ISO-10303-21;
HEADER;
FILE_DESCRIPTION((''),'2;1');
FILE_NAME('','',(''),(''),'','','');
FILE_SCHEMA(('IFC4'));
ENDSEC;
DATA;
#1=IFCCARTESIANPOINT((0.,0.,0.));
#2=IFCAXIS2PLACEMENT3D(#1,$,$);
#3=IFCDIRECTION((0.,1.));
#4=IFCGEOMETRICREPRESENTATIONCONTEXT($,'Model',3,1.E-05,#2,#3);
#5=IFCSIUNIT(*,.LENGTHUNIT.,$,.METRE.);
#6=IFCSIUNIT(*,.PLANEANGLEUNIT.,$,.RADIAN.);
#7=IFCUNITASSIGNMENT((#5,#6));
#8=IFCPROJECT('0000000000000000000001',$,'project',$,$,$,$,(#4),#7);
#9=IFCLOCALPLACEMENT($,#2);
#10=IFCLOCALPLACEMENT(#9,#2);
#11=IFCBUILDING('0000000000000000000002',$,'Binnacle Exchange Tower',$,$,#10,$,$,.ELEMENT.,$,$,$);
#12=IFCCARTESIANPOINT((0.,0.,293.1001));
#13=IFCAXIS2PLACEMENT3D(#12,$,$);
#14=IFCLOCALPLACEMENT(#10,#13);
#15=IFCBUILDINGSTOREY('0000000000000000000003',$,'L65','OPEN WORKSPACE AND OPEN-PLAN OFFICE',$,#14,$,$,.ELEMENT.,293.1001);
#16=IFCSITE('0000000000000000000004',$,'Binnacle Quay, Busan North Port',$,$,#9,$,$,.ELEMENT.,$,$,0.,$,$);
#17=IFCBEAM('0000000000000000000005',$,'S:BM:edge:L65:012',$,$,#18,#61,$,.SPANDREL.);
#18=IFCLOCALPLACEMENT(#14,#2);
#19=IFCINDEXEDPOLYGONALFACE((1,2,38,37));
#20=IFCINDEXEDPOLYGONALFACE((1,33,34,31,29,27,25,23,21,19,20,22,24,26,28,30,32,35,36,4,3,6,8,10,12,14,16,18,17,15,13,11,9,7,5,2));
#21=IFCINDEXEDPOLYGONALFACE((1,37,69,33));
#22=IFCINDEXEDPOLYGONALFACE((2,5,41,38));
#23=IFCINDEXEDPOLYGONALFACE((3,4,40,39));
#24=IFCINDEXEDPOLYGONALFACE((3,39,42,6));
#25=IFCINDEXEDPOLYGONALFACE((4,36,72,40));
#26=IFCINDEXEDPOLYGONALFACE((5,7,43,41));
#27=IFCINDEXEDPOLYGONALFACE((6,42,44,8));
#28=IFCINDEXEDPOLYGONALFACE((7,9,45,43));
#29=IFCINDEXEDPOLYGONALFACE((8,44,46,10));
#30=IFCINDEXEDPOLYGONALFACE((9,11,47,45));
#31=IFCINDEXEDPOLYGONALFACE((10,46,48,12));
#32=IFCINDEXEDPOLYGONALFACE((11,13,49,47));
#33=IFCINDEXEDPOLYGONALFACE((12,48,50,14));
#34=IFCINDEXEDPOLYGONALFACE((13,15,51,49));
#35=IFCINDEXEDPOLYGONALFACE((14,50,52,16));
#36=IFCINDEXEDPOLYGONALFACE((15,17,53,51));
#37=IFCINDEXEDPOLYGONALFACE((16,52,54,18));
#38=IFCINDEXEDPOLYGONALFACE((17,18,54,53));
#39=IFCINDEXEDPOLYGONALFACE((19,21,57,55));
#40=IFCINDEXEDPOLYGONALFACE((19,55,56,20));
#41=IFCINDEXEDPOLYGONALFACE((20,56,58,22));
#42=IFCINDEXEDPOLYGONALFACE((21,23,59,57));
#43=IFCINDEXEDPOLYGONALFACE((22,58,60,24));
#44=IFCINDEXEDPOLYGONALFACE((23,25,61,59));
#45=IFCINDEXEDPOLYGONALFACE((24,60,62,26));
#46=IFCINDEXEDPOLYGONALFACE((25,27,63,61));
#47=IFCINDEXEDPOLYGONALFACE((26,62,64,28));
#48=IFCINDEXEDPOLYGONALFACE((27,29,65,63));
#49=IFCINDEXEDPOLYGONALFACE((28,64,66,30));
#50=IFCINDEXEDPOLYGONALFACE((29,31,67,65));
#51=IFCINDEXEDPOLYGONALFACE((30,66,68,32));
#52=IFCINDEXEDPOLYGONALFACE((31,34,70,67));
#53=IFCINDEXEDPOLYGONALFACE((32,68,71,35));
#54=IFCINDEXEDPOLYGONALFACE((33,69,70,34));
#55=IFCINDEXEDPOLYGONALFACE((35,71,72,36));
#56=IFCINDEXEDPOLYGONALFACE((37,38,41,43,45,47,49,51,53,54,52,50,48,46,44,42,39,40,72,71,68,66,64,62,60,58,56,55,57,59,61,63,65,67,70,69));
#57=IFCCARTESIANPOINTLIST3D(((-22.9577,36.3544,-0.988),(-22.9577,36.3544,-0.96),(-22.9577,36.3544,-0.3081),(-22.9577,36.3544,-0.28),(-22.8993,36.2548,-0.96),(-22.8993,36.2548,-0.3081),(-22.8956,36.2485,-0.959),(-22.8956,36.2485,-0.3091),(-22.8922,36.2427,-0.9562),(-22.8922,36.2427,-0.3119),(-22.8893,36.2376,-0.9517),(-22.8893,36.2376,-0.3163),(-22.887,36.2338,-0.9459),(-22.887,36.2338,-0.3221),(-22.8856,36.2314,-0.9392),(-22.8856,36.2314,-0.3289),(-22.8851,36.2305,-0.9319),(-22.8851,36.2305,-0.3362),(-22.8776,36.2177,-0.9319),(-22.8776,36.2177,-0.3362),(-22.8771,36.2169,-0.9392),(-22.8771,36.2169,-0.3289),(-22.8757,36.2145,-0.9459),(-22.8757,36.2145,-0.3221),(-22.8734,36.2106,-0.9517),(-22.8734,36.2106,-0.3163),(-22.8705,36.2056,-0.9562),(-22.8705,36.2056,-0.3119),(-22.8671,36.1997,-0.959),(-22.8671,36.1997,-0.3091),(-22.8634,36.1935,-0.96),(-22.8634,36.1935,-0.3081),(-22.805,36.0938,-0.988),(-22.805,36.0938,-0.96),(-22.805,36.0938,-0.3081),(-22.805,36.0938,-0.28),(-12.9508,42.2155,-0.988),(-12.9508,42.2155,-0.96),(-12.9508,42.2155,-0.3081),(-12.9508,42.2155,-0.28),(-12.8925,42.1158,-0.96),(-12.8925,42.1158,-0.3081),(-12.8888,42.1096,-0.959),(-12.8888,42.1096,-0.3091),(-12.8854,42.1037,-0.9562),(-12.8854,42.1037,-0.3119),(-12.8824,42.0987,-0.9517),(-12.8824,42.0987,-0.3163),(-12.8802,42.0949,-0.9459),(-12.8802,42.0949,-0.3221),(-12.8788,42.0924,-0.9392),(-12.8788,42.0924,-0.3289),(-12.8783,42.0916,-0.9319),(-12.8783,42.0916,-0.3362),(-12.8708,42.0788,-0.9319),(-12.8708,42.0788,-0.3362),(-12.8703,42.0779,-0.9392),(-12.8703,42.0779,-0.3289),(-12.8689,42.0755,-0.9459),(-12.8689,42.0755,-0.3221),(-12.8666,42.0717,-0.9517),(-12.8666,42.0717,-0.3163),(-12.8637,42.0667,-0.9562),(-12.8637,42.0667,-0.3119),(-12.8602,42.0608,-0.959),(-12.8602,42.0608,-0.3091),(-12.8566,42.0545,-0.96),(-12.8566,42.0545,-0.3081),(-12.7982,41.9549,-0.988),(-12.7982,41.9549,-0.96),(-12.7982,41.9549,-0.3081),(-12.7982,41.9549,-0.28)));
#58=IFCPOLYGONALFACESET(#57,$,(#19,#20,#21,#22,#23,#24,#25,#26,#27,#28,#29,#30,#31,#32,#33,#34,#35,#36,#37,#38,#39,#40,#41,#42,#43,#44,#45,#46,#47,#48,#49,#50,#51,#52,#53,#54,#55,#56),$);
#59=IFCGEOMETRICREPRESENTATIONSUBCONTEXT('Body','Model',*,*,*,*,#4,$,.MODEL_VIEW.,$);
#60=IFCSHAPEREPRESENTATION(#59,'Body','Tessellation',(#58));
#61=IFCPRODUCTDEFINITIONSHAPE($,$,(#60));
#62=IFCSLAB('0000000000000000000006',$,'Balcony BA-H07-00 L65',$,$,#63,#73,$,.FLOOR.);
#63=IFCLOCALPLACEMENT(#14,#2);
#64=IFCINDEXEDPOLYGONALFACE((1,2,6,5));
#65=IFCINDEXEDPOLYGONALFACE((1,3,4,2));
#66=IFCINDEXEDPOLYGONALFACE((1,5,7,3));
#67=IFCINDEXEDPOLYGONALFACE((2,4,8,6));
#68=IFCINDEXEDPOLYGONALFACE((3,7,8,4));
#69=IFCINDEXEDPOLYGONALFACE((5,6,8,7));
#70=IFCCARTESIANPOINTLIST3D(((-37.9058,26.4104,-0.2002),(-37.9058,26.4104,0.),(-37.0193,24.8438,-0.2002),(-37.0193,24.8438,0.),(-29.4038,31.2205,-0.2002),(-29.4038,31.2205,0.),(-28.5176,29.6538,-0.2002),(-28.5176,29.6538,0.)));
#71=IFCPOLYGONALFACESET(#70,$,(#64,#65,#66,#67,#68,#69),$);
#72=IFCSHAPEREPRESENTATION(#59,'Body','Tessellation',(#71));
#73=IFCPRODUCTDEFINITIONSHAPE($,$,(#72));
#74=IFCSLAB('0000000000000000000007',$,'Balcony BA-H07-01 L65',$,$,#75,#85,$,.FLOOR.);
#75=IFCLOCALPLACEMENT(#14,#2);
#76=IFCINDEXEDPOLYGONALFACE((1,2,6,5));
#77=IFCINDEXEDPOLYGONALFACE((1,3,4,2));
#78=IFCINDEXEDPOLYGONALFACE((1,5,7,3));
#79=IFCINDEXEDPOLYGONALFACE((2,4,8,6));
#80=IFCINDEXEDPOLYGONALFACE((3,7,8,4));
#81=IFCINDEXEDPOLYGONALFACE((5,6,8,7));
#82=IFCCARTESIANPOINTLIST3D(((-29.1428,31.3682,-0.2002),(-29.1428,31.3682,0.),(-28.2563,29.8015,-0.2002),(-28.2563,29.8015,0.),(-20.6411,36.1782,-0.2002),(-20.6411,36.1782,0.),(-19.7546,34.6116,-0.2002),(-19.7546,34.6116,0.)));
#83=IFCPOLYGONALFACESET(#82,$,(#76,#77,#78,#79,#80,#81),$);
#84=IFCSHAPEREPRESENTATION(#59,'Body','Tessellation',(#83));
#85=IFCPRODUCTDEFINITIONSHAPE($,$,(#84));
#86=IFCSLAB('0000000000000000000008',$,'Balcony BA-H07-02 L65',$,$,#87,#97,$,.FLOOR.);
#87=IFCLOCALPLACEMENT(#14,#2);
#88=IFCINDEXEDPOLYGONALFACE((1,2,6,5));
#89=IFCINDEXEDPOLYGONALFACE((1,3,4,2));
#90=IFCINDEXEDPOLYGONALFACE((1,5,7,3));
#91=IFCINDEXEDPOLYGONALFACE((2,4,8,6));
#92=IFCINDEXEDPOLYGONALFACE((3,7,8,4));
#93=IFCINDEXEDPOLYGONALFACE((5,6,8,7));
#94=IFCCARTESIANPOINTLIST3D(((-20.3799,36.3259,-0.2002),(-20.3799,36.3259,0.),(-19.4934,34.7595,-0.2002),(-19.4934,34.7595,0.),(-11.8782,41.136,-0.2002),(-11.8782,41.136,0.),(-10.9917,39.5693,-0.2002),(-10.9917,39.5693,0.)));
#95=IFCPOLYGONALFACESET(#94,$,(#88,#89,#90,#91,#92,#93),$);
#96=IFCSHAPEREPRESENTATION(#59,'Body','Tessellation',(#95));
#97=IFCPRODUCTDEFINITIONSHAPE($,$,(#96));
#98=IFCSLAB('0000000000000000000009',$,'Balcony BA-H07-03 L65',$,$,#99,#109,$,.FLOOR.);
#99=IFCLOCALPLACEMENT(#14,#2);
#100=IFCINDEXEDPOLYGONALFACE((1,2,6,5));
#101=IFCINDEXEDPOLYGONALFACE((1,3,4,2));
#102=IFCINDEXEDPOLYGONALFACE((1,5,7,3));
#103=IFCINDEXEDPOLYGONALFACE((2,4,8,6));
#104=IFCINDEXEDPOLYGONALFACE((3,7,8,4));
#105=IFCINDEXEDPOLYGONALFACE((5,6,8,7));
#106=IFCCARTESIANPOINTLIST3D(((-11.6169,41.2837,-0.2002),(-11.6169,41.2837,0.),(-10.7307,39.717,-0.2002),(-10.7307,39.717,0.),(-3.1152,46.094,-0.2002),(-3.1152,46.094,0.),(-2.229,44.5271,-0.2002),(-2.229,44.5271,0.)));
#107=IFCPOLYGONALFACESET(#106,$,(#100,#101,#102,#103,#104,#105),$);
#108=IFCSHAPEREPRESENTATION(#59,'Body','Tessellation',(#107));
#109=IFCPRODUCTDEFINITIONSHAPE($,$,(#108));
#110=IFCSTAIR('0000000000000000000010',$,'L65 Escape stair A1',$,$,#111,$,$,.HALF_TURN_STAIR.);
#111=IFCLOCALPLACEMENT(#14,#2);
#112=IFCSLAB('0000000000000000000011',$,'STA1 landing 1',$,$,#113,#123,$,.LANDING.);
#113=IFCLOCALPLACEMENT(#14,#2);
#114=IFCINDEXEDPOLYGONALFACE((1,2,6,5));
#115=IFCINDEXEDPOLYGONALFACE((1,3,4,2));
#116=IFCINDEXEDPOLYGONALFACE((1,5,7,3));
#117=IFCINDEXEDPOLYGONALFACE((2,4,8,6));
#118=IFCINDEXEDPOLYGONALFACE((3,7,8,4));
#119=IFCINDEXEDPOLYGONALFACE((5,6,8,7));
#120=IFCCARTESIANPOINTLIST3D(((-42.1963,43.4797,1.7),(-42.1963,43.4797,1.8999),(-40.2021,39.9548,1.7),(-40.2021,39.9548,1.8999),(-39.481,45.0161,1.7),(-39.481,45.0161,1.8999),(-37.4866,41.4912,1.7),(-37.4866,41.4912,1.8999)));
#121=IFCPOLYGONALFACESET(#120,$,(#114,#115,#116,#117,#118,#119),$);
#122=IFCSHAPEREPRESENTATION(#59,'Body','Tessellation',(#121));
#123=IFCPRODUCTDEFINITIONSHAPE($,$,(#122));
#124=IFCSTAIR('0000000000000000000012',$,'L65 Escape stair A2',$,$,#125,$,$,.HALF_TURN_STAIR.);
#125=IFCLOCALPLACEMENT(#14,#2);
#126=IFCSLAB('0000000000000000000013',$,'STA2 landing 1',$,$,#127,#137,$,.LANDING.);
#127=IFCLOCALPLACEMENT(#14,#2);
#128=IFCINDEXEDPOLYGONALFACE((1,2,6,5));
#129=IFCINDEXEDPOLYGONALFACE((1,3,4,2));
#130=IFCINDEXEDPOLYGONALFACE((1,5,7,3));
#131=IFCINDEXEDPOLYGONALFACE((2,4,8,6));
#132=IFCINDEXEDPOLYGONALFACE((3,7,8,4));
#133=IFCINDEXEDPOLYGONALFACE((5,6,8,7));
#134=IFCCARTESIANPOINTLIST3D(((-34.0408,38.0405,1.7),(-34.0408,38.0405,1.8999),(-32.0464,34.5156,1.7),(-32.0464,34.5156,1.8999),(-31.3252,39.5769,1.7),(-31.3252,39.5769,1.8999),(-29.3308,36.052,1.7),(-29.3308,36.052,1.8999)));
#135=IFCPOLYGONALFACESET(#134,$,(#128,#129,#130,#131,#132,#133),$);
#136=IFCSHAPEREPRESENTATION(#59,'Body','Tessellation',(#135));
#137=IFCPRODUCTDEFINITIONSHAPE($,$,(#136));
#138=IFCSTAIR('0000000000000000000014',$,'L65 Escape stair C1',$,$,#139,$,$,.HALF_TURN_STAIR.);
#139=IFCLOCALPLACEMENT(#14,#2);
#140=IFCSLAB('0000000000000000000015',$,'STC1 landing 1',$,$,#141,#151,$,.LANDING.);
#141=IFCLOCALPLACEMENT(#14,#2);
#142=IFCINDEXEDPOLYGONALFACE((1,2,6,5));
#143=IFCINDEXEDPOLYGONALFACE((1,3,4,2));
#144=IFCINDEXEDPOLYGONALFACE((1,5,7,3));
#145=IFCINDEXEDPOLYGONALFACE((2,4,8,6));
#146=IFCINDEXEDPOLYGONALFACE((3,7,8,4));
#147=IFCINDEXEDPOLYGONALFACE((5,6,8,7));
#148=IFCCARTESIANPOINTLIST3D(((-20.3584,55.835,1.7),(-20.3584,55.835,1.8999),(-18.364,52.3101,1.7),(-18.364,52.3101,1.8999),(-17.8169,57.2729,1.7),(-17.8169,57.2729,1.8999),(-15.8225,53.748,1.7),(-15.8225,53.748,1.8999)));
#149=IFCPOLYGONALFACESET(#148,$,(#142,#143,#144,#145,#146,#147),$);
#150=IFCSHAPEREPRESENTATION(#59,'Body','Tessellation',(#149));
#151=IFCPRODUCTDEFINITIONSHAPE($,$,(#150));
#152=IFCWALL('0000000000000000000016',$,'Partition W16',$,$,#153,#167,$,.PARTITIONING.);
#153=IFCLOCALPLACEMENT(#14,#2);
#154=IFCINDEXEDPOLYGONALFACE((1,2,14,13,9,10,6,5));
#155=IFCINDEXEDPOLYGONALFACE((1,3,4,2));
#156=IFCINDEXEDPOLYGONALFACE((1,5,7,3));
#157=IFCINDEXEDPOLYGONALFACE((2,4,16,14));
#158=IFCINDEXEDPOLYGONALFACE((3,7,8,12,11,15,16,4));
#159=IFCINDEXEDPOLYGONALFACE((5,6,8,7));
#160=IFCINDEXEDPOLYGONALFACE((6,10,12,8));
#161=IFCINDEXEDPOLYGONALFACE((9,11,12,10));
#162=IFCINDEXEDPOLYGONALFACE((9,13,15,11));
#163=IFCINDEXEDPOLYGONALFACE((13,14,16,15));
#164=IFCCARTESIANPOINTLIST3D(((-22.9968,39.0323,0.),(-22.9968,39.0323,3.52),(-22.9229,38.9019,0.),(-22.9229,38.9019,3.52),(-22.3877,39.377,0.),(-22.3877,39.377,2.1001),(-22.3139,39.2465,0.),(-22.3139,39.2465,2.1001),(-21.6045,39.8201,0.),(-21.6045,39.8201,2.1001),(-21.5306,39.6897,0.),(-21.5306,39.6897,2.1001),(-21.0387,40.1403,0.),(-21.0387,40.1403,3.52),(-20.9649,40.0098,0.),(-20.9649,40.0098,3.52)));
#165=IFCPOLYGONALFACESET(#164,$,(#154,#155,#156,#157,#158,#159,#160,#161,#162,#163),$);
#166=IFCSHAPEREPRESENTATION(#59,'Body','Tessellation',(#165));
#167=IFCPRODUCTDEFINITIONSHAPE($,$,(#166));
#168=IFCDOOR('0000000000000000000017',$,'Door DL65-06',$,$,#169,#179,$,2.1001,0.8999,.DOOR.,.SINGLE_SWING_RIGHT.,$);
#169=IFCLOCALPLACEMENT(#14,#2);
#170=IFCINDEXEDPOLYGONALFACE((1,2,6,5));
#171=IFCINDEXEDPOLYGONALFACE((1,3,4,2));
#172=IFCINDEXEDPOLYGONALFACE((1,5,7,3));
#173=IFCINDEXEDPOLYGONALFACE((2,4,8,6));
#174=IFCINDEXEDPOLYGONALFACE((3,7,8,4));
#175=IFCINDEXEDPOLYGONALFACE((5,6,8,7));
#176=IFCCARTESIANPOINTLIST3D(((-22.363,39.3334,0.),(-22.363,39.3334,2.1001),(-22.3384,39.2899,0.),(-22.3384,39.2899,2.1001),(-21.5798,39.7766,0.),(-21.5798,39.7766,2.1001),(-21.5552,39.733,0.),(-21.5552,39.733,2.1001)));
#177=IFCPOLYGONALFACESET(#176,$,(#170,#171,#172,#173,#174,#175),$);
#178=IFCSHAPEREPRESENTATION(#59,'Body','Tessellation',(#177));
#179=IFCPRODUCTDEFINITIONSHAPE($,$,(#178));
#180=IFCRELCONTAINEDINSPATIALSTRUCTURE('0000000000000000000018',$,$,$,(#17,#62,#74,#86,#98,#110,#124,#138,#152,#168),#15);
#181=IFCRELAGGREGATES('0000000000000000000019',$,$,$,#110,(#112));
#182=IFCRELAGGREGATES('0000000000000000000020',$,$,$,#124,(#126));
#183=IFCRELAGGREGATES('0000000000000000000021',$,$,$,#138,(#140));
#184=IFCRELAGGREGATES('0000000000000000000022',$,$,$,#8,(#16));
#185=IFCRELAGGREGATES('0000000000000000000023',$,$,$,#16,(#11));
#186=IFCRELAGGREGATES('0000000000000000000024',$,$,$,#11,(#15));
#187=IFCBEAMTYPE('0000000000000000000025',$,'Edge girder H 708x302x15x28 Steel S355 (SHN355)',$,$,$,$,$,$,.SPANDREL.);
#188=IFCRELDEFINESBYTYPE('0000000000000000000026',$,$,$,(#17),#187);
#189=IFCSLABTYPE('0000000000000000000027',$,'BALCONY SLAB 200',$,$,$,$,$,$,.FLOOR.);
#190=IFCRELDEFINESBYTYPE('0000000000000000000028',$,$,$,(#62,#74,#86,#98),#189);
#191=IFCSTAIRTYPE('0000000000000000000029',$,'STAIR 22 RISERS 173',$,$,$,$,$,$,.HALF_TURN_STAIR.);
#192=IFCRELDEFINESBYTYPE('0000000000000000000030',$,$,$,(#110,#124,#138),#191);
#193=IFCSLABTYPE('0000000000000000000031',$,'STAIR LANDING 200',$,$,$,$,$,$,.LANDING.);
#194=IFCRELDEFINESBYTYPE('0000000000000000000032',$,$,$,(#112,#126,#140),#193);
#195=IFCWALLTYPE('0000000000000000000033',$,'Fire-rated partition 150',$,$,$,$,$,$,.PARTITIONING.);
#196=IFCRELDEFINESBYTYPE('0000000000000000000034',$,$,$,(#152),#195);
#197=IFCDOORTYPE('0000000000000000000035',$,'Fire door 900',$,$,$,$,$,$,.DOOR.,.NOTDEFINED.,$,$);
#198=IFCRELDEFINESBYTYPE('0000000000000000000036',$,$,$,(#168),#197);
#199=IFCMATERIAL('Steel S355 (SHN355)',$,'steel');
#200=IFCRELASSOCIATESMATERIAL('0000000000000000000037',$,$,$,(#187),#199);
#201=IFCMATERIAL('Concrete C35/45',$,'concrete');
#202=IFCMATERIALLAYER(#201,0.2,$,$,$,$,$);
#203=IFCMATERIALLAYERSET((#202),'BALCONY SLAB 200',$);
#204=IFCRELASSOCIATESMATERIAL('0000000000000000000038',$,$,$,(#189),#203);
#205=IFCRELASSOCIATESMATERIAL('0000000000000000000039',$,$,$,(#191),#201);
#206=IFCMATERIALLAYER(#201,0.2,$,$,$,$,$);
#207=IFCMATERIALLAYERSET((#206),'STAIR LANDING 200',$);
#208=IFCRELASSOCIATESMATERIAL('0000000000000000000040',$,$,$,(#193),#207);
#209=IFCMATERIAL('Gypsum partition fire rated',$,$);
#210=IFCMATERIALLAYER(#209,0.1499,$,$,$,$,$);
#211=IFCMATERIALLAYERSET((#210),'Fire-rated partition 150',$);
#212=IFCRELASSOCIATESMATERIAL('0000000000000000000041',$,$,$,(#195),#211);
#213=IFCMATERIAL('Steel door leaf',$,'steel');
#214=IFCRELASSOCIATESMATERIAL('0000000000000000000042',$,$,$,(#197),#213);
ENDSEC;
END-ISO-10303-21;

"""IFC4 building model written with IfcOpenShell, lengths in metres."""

from ifc_helpers import new_model, si_unit, direction, frame, frame_2d, origin, origin_2d, place, context, subcontext, project, spatial, polyline, rectangle, i_section, outline, extrude, material, layer, layer_set, material_profile, profile_set, type_object, element, fill, aggregate, save


model = new_model("IFC4")

# Units and contexts
model_context = context("Model", 3, precision=1e-05, world=origin(), true_north=direction((0.0, 1.0)))
body_context = subcontext(model_context, "Body", "Model", "MODEL_VIEW")
ifc_project = project(units=[si_unit("LENGTHUNIT", "METRE"), si_unit("PLANEANGLEUNIT", "RADIAN")], contexts=[model_context])

# Site, building, storey
site_placement = place(None, origin())
site = spatial("IfcSite", under=ifc_project, at=site_placement, Name="Binnacle Quay, Busan North Port", CompositionType="ELEMENT", RefElevation=0.0)
building_placement = place(site_placement, origin())
building = spatial("IfcBuilding", under=site, at=building_placement, Name="Binnacle Exchange Tower", CompositionType="ELEMENT")
storey_placement = place(building_placement, frame((0.0, 0.0, 293.1001)))
storey = spatial("IfcBuildingStorey", under=building, at=storey_placement, Name="L65", Description="OPEN WORKSPACE AND OPEN-PLAN OFFICE", CompositionType="ELEMENT", Elevation=293.1001)

# Beam
ifc_material_1 = material(Name="Steel S355 (SHN355)", Category="steel")
ifc_material_profile = material_profile(ifc_material_1, i_section(OverallWidth=0.302, OverallDepth=0.708, WebThickness=0.0149, FlangeThickness=0.0281, FilletRadius=0.0281, at=origin_2d()), Name="H 708x302x15x28")
ifc_profile_set = profile_set([ifc_material_profile], Name="Steel S355 (SHN355)")
beam_type = type_object("IfcBeamType", Name="Edge girder H 708x302x15x28 Steel S355 (SHN355)", PredefinedType="SPANDREL", material=ifc_profile_set)
beam_placement = place(storey_placement, frame((-22.8813, 36.2241, -0.634), z_axis=(0.862886, 0.505399, 0.0), x_axis=(-0.505399, 0.862886, 0.0)))
element("IfcBeam", 1, at=beam_placement, inside=storey, type_object=beam_type, Name="S:BM:edge:L65:012", PredefinedType="SPANDREL", context=body_context, shape_type="SweptSolid", body=[
    extrude(i_section(OverallWidth=0.302, OverallDepth=0.708, WebThickness=0.0149, FlangeThickness=0.0281, FilletRadius=0.0281, at=origin_2d()), origin(), (0.0, 0.0, 1.0), 11.5969),
])

# Slabs
ifc_material_2 = material(Name="Concrete C35/45", Category="concrete")
ifc_layer_1 = layer(ifc_material_2, 0.2)
ifc_layer_set_1 = layer_set([ifc_layer_1], Name="BALCONY SLAB 200")
slab_type_1 = type_object("IfcSlabType", Name="BALCONY SLAB 200", PredefinedType="FLOOR", material=ifc_layer_set_1)
slab_1_placement = place(storey_placement, frame((0.0, 0.0, -0.2002)))
element("IfcSlab", 2, at=slab_1_placement, inside=storey, type_object=slab_type_1, Name="Balcony BA-H07-00 L65", PredefinedType="FLOOR", context=body_context, shape_type="SweptSolid", body=[
    extrude(outline(polyline([(-37.9058, 26.4104), (-29.4038, 31.2205), (-28.5176, 29.6538), (-37.0193, 24.8438), (-37.9058, 26.4104)])), origin(), (0.0, 0.0, 1.0), 0.2002),
])
slab_2_placement = place(storey_placement, frame((0.0, 0.0, -0.2002)))
element("IfcSlab", 3, at=slab_2_placement, inside=storey, type_object=slab_type_1, Name="Balcony BA-H07-01 L65", PredefinedType="FLOOR", context=body_context, shape_type="SweptSolid", body=[
    extrude(outline(polyline([(-29.1428, 31.3682), (-20.6411, 36.1782), (-19.7546, 34.6116), (-28.2563, 29.8015), (-29.1428, 31.3682)])), origin(), (0.0, 0.0, 1.0), 0.2002),
])
slab_3_placement = place(storey_placement, frame((0.0, 0.0, -0.2002)))
element("IfcSlab", 4, at=slab_3_placement, inside=storey, type_object=slab_type_1, Name="Balcony BA-H07-02 L65", PredefinedType="FLOOR", context=body_context, shape_type="SweptSolid", body=[
    extrude(outline(polyline([(-20.3799, 36.3259), (-11.8782, 41.136), (-10.9917, 39.5693), (-19.4934, 34.7595), (-20.3799, 36.3259)])), origin(), (0.0, 0.0, 1.0), 0.2002),
])
slab_4_placement = place(storey_placement, frame((0.0, 0.0, -0.2002)))
element("IfcSlab", 5, at=slab_4_placement, inside=storey, type_object=slab_type_1, Name="Balcony BA-H07-03 L65", PredefinedType="FLOOR", context=body_context, shape_type="SweptSolid", body=[
    extrude(outline(polyline([(-11.6169, 41.2837), (-3.1152, 46.094), (-2.229, 44.5271), (-10.7307, 39.717), (-11.6169, 41.2837)])), origin(), (0.0, 0.0, 1.0), 0.2002),
])

# Stairs, slabs
stair_type = type_object("IfcStairType", Name="STAIR 22 RISERS 173", PredefinedType="HALF_TURN_STAIR", material=ifc_material_2)
stair_1_placement = place(storey_placement, origin())
stair_1 = element("IfcStair", 6, at=stair_1_placement, inside=storey, type_object=stair_type, Name="L65 Escape stair A1", PredefinedType="HALF_TURN_STAIR")
ifc_layer_2 = layer(ifc_material_2, 0.2)
ifc_layer_set_2 = layer_set([ifc_layer_2], Name="STAIR LANDING 200")
slab_type_2 = type_object("IfcSlabType", Name="STAIR LANDING 200", PredefinedType="LANDING", material=ifc_layer_set_2)
slab_5_placement = place(storey_placement, frame((0.0, 0.0, 1.7)))
slab_5 = element("IfcSlab", 7, at=slab_5_placement, type_object=slab_type_2, Name="STA1 landing 1", PredefinedType="LANDING", context=body_context, shape_type="SweptSolid", body=[
    extrude(outline(polyline([(-40.2021, 39.9548), (-37.4866, 41.4912), (-39.481, 45.0161), (-42.1963, 43.4797), (-40.2021, 39.9548)])), origin(), (0.0, 0.0, 1.0), 0.2),
])
aggregate(stair_1, [slab_5])
stair_2_placement = place(storey_placement, origin())
stair_2 = element("IfcStair", 8, at=stair_2_placement, inside=storey, type_object=stair_type, Name="L65 Escape stair A2", PredefinedType="HALF_TURN_STAIR")
slab_6_placement = place(storey_placement, frame((0.0, 0.0, 1.7)))
slab_6 = element("IfcSlab", 9, at=slab_6_placement, type_object=slab_type_2, Name="STA2 landing 1", PredefinedType="LANDING", context=body_context, shape_type="SweptSolid", body=[
    extrude(outline(polyline([(-31.3252, 39.5769), (-34.0408, 38.0405), (-32.0464, 34.5156), (-29.3308, 36.052), (-31.3252, 39.5769)])), origin(), (0.0, 0.0, 1.0), 0.2),
])
aggregate(stair_2, [slab_6])
stair_3_placement = place(storey_placement, origin())
stair_3 = element("IfcStair", 10, at=stair_3_placement, inside=storey, type_object=stair_type, Name="L65 Escape stair C1", PredefinedType="HALF_TURN_STAIR")
slab_7_placement = place(storey_placement, frame((0.0, 0.0, 1.7)))
slab_7 = element("IfcSlab", 11, at=slab_7_placement, type_object=slab_type_2, Name="STC1 landing 1", PredefinedType="LANDING", context=body_context, shape_type="SweptSolid", body=[
    extrude(outline(polyline([(-18.364, 52.3101), (-15.8225, 53.748), (-17.8169, 57.2729), (-20.3584, 55.835), (-18.364, 52.3101)])), origin(), (0.0, 0.0, 1.0), 0.2),
])
aggregate(stair_3, [slab_7])

# Wall, opening, door
ifc_material_3 = material(Name="Gypsum partition fire rated")
ifc_layer_3 = layer(ifc_material_3, 0.1499)
ifc_layer_set_3 = layer_set([ifc_layer_3], Name="Fire-rated partition 150")
wall_type = type_object("IfcWallType", Name="Fire-rated partition 150", PredefinedType="PARTITIONING", material=ifc_layer_set_3)
wall_placement = place(storey_placement, frame((-22.96, 38.967, 0.0), z_axis=(0.0, 0.0, 1.0), x_axis=(0.870332, 0.492465, 0.0)))
wall = element("IfcWall", 12, at=wall_placement, inside=storey, type_object=wall_type, Name="Partition W16", PredefinedType="PARTITIONING", context=body_context, shape_type="SweptSolid", body=[
    extrude(rectangle(XDim=2.2498, YDim=0.1499, at=frame_2d((1.125, 0.0))), origin(), (0.0, 0.0, 1.0), 3.52),
])
opening_placement = place(wall_placement, frame((0.7, 0.0, 0.0)))
opening = element("IfcOpeningElement", 13, at=opening_placement, cuts=wall, PredefinedType="OPENING", context=body_context, shape_type="SweptSolid", body=[
    extrude(rectangle(XDim=0.8999, YDim=2.1001, at=frame_2d((0.45, 1.05))), frame((0.0, 0.085, 0.0), z_axis=(0.0, -1.0, 0.0), x_axis=(1.0, 0.0, 0.0)), (0.0, 0.0, 1.0), 0.1699),
])
ifc_material_4 = material(Name="Steel door leaf", Category="steel")
door_type = type_object("IfcDoorType", Name="Fire door 900", OperationType="NOTDEFINED", PredefinedType="DOOR", material=ifc_material_4)
door_placement = place(opening_placement, origin())
door = element("IfcDoor", 14, at=door_placement, inside=storey, type_object=door_type, Name="Door DL65-06", OperationType="SINGLE_SWING_RIGHT", OverallHeight=2.1001, OverallWidth=0.8999, PredefinedType="DOOR", context=body_context, shape_type="SweptSolid", body=[
    extrude(rectangle(XDim=0.8999, YDim=2.1001, at=frame_2d((0.45, 1.05))), frame((0.0, 0.0249, 0.0), z_axis=(0.0, -1.0, 0.0), x_axis=(1.0, 0.0, 0.0)), (0.0, 0.0, 1.0), 0.05),
])
fill(opening, door)

save(model, "model.ifc")
